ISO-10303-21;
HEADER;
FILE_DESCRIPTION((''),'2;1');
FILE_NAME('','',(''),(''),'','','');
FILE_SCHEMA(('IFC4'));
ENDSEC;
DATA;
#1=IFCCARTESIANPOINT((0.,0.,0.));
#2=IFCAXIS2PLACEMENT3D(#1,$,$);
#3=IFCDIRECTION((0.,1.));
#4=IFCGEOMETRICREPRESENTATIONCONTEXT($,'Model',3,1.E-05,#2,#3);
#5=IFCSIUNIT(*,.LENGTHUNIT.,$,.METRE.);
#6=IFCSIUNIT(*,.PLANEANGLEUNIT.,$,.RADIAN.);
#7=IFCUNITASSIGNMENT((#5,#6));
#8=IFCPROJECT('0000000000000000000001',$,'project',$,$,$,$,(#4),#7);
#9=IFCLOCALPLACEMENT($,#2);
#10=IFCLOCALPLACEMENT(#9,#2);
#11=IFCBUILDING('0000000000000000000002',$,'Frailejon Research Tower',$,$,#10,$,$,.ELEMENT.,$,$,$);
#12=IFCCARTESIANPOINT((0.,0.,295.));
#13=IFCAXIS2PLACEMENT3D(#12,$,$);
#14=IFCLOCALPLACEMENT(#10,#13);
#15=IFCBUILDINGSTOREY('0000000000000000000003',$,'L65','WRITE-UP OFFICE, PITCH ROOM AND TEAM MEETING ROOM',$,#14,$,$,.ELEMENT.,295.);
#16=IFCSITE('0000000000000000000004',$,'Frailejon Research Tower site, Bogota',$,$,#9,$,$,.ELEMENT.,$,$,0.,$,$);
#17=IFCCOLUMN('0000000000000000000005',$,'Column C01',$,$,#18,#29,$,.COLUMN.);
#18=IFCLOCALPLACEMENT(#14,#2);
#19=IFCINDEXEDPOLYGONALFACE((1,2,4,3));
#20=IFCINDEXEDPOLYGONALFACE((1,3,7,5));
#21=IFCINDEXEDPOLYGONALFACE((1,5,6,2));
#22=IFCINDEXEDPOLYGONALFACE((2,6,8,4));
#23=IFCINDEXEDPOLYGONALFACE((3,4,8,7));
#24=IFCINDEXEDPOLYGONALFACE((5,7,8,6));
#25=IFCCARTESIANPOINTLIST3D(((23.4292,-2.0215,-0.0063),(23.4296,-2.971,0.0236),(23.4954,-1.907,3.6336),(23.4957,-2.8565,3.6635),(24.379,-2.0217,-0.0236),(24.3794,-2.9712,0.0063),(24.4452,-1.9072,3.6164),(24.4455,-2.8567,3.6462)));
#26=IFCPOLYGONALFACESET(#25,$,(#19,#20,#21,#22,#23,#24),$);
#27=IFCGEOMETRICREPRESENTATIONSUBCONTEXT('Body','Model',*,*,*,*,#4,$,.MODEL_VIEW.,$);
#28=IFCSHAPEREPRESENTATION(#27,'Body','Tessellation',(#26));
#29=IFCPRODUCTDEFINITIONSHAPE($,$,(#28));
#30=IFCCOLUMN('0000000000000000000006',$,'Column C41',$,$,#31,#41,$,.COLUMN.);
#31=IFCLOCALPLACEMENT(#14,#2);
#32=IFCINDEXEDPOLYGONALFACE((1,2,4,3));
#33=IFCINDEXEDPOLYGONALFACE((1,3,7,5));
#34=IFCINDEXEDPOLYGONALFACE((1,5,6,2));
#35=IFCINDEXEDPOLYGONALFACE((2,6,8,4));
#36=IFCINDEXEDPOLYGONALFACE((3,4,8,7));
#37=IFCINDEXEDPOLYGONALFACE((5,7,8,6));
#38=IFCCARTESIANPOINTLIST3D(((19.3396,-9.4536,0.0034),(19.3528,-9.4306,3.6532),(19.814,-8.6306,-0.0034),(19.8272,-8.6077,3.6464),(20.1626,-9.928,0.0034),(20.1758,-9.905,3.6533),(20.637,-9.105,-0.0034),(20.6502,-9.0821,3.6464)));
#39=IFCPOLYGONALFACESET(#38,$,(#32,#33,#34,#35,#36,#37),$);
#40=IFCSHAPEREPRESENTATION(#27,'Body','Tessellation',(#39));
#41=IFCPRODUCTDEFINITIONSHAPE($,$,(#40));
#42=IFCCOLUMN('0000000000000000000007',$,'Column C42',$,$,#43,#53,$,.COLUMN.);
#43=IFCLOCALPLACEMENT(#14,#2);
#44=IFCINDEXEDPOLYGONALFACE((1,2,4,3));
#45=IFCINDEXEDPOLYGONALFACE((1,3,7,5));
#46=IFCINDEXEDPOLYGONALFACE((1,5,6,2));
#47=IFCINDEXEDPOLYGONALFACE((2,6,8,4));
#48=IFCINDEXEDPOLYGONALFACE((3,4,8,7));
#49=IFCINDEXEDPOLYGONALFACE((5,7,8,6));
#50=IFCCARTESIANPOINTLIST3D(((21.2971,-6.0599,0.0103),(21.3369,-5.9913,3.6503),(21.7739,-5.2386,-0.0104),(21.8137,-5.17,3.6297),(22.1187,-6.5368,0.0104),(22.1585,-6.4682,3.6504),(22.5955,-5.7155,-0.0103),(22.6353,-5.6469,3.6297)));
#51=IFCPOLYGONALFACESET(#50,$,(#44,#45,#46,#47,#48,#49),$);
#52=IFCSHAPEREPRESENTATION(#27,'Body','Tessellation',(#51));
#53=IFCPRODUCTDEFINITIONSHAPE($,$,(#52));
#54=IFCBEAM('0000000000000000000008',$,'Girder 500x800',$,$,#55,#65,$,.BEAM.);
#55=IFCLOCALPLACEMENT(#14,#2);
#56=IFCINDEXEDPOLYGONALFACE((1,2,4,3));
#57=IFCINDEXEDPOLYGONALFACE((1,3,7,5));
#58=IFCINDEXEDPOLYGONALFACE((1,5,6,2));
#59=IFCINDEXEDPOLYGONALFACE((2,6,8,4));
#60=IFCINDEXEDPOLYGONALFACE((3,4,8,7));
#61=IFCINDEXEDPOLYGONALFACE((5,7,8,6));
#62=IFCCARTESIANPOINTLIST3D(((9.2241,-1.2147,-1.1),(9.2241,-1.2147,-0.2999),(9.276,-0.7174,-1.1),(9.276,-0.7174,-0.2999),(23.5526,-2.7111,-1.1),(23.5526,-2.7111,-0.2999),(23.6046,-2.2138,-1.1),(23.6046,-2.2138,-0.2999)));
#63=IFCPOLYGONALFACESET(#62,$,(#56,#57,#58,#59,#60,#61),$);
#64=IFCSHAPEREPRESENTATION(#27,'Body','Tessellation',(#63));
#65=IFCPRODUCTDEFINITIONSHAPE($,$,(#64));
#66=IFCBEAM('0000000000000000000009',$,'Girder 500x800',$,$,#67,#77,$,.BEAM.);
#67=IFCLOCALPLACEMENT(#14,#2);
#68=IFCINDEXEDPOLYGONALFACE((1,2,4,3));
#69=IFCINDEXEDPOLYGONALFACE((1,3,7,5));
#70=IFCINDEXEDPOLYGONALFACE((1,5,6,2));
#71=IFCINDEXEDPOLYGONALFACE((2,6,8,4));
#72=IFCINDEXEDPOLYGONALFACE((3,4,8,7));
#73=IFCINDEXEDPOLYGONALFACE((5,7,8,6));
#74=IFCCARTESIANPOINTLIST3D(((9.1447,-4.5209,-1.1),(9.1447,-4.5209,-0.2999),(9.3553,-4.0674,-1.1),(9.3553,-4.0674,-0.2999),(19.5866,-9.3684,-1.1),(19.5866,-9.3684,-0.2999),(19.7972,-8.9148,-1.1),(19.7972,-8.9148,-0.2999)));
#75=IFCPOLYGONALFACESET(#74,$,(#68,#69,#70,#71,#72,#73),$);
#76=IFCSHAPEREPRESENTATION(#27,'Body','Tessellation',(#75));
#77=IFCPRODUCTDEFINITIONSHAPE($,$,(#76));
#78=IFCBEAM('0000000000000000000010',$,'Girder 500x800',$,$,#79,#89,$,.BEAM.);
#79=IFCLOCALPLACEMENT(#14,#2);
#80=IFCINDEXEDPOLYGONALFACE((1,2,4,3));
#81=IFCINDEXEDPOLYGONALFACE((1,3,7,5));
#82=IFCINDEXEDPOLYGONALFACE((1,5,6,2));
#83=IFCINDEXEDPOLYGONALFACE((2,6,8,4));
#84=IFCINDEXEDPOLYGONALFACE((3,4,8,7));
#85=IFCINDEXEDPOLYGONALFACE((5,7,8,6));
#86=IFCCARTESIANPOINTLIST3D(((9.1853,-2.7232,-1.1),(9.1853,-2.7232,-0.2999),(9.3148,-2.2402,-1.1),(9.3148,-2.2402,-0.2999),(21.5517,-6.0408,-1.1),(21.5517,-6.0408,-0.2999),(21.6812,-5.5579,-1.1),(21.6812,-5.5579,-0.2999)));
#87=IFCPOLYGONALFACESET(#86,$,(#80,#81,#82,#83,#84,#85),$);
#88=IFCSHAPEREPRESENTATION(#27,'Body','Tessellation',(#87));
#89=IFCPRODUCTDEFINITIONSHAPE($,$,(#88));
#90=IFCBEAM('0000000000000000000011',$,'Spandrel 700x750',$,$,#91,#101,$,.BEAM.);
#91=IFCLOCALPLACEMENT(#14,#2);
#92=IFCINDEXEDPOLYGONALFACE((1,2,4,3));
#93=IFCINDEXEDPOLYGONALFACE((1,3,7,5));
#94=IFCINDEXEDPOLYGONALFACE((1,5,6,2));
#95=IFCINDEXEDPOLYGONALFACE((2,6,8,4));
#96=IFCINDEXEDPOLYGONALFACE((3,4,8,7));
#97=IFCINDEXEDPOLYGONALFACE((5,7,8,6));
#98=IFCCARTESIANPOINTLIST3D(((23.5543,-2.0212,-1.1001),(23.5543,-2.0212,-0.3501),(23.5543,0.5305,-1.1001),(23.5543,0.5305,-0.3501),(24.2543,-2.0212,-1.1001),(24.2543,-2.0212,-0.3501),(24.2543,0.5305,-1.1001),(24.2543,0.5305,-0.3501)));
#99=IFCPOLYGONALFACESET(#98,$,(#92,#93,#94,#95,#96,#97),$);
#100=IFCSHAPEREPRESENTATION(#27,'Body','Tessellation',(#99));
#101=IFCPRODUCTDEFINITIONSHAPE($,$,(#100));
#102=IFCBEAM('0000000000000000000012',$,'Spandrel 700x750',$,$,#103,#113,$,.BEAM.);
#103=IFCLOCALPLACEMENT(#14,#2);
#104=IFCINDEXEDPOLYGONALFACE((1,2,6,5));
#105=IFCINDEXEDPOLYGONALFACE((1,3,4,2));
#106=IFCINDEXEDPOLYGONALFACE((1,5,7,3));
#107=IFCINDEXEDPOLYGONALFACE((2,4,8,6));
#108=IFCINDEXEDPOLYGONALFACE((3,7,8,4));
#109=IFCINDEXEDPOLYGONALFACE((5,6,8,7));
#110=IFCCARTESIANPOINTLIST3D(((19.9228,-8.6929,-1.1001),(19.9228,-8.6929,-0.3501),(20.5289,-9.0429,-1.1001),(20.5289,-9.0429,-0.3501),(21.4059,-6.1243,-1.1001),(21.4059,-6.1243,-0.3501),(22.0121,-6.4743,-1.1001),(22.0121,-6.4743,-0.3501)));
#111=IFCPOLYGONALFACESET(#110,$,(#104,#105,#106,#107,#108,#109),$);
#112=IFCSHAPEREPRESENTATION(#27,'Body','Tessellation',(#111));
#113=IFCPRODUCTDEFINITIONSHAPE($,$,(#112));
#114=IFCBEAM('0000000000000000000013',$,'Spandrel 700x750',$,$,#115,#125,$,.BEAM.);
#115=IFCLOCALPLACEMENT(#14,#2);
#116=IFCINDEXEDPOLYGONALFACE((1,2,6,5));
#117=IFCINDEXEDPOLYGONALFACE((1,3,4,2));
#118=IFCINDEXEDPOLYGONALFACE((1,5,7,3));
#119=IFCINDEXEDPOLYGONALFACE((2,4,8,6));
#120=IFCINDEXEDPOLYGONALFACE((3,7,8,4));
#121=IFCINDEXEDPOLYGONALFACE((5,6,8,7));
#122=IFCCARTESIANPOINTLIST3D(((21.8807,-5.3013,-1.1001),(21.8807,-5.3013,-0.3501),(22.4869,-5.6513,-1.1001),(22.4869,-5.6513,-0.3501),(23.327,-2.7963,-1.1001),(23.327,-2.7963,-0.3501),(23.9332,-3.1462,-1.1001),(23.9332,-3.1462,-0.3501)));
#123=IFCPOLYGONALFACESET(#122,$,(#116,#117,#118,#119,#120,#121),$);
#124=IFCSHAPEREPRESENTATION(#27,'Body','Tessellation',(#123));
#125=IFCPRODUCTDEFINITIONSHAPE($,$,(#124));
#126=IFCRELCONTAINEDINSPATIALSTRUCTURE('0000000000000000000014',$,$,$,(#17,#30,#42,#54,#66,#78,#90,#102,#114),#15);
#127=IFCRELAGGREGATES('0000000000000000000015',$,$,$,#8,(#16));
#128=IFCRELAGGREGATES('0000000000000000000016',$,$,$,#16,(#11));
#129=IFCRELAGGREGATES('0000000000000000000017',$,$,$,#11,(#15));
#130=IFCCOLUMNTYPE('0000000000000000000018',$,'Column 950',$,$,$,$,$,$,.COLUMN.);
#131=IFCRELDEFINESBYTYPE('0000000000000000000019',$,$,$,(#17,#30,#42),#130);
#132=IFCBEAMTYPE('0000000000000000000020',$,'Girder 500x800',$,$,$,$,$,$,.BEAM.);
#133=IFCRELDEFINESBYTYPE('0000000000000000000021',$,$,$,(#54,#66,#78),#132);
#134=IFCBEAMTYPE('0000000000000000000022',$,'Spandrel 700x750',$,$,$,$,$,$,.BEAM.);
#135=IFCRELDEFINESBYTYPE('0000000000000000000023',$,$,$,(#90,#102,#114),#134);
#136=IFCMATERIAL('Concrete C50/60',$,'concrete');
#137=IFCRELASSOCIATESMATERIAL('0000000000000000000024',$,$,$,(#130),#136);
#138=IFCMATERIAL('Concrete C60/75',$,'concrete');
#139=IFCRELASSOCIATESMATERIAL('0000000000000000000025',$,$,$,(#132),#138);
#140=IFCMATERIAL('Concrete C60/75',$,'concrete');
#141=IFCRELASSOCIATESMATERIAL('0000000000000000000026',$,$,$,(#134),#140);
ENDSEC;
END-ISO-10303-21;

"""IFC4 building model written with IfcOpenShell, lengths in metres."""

from ifc_helpers import new_model, si_unit, direction, frame, origin, origin_2d, place, context, subcontext, project, spatial, rectangle, extrude, material, material_profile, profile_set, type_object, element, save


model = new_model("IFC4")

# Units and contexts
model_context = context("Model", 3, precision=1e-05, world=origin(), true_north=direction((0.0, 1.0)))
body_context = subcontext(model_context, "Body", "Model", "MODEL_VIEW")
ifc_project = project(units=[si_unit("LENGTHUNIT", "METRE"), si_unit("PLANEANGLEUNIT", "RADIAN")], contexts=[model_context])

# Site, building, storey
site_placement = place(None, origin())
site = spatial("IfcSite", under=ifc_project, at=site_placement, Name="Frailejon Research Tower site, Bogota", CompositionType="ELEMENT", RefElevation=0.0)
building_placement = place(site_placement, origin())
building = spatial("IfcBuilding", under=site, at=building_placement, Name="Frailejon Research Tower", CompositionType="ELEMENT")
storey_placement = place(building_placement, frame((0.0, 0.0, 295.0)))
storey = spatial("IfcBuildingStorey", under=building, at=storey_placement, Name="L65", Description="WRITE-UP OFFICE, PITCH ROOM AND TEAM MEETING ROOM", CompositionType="ELEMENT", Elevation=295.0)

# Columns
ifc_material_1 = material(Name="Concrete C50/60", Category="concrete")
ifc_material_profile_1 = material_profile(ifc_material_1, rectangle(XDim=0.95, YDim=0.95, at=origin_2d()), Name="Column 950")
ifc_profile_set_1 = profile_set([ifc_material_profile_1], Name="Concrete C50/60")
column_type = type_object("IfcColumnType", Name="Column 950", PredefinedType="COLUMN", material=ifc_profile_set_1)
column_1_placement = place(storey_placement, frame((23.9043, -2.4963, 0.0), z_axis=(0.018165, 0.031437, 0.999341), x_axis=(-0.000376, 0.999506, -0.031435)))
element("IfcColumn", 1, at=column_1_placement, inside=storey, type_object=column_type, Name="Column C01", PredefinedType="COLUMN", context=body_context, shape_type="SweptSolid", body=[
    extrude(rectangle(XDim=0.95, YDim=0.95, at=origin_2d()), origin(), (0.0, 0.0, 1.0), 3.6423),
])
column_2_placement = place(storey_placement, frame((19.9883, -9.2793, 0.0), z_axis=(0.003612, 0.006287, 0.999974), x_axis=(0.499382, 0.866352, -0.007251)))
element("IfcColumn", 2, at=column_2_placement, inside=storey, type_object=column_type, Name="Column C41", PredefinedType="COLUMN", context=body_context, shape_type="SweptSolid", body=[
    extrude(rectangle(XDim=0.95, YDim=0.95, at=origin_2d()), origin(), (0.0, 0.0, 1.0), 3.6499),
])
column_3_placement = place(storey_placement, frame((21.9463, -5.8877, 0.0), z_axis=(0.01093, 0.018843, 0.999763), x_axis=(0.501923, 0.864638, -0.021784)))
element("IfcColumn", 3, at=column_3_placement, inside=storey, type_object=column_type, Name="Column C42", PredefinedType="COLUMN", context=body_context, shape_type="SweptSolid", body=[
    extrude(rectangle(XDim=0.95, YDim=0.95, at=origin_2d()), origin(), (0.0, 0.0, 1.0), 3.6409),
])

# Beams
ifc_material_2 = material(Name="Concrete C60/75", Category="concrete")
ifc_material_profile_2 = material_profile(ifc_material_2, rectangle(XDim=0.5, YDim=0.8, at=origin_2d()), Name="Girder 500x800")
ifc_profile_set_2 = profile_set([ifc_material_profile_2], Name="Concrete C60/75")
beam_type_1 = type_object("IfcBeamType", Name="Girder 500x800", PredefinedType="BEAM", material=ifc_profile_set_2)
beam_1_placement = place(storey_placement, frame((23.5786, -2.4624, -0.7), z_axis=(-0.994591, 0.103865, 0.0), x_axis=(-0.103865, -0.994591, 0.0)))
element("IfcBeam", 4, at=beam_1_placement, inside=storey, type_object=beam_type_1, Name="Girder 500x800", PredefinedType="BEAM", context=body_context, shape_type="SweptSolid", body=[
    extrude(rectangle(XDim=0.5, YDim=0.8, at=origin_2d()), origin(), (0.0, 0.0, 1.0), 14.4065),
])
beam_2_placement = place(storey_placement, frame((19.6919, -9.1416, -0.7), z_axis=(-0.907029, 0.421068, 0.0), x_axis=(-0.421068, -0.907029, 0.0)))
element("IfcBeam", 5, at=beam_2_placement, inside=storey, type_object=beam_type_1, Name="Girder 500x800", PredefinedType="BEAM", context=body_context, shape_type="SweptSolid", body=[
    extrude(rectangle(XDim=0.5, YDim=0.8, at=origin_2d()), origin(), (0.0, 0.0, 1.0), 11.5122),
])
beam_3_placement = place(storey_placement, frame((21.6165, -5.7993, -0.7), z_axis=(-0.965847, 0.259114, 0.0), x_axis=(-0.259114, -0.965847, 0.0)))
element("IfcBeam", 6, at=beam_3_placement, inside=storey, type_object=beam_type_1, Name="Girder 500x800", PredefinedType="BEAM", context=body_context, shape_type="SweptSolid", body=[
    extrude(rectangle(XDim=0.5, YDim=0.8, at=origin_2d()), origin(), (0.0, 0.0, 1.0), 12.8037),
])
ifc_material_3 = material(Name="Concrete C60/75", Category="concrete")
ifc_material_profile_3 = material_profile(ifc_material_3, rectangle(XDim=0.7, YDim=0.75, at=origin_2d()), Name="Spandrel 700x750")
ifc_profile_set_3 = profile_set([ifc_material_profile_3], Name="Concrete C60/75")
beam_type_2 = type_object("IfcBeamType", Name="Spandrel 700x750", PredefinedType="BEAM", material=ifc_profile_set_3)
beam_4_placement = place(storey_placement, frame((23.9043, -2.0212, -0.7251), z_axis=(0.0, 1.0, 0.0), x_axis=(-1.0, 0.0, 0.0)))
element("IfcBeam", 7, at=beam_4_placement, inside=storey, type_object=beam_type_2, Name="Spandrel 700x750", PredefinedType="BEAM", context=body_context, shape_type="SweptSolid", body=[
    extrude(rectangle(XDim=0.7, YDim=0.75, at=origin_2d()), origin(), (0.0, 0.0, 1.0), 2.5518),
])
beam_5_placement = place(storey_placement, frame((20.2258, -8.8679, -0.7251), z_axis=(0.500043, 0.866001, 0.0), x_axis=(-0.866001, 0.500043, 0.0)))
element("IfcBeam", 8, at=beam_5_placement, inside=storey, type_object=beam_type_2, Name="Spandrel 700x750", PredefinedType="BEAM", context=body_context, shape_type="SweptSolid", body=[
    extrude(rectangle(XDim=0.7, YDim=0.75, at=origin_2d()), origin(), (0.0, 0.0, 1.0), 2.9661),
])
beam_6_placement = place(storey_placement, frame((22.1838, -5.4763, -0.7251), z_axis=(0.499988, 0.866032, 0.0), x_axis=(-0.866032, 0.499988, 0.0)))
element("IfcBeam", 9, at=beam_6_placement, inside=storey, type_object=beam_type_2, Name="Spandrel 700x750", PredefinedType="BEAM", context=body_context, shape_type="SweptSolid", body=[
    extrude(rectangle(XDim=0.7, YDim=0.75, at=origin_2d()), origin(), (0.0, 0.0, 1.0), 2.8926),
])

save(model, "model.ifc")
